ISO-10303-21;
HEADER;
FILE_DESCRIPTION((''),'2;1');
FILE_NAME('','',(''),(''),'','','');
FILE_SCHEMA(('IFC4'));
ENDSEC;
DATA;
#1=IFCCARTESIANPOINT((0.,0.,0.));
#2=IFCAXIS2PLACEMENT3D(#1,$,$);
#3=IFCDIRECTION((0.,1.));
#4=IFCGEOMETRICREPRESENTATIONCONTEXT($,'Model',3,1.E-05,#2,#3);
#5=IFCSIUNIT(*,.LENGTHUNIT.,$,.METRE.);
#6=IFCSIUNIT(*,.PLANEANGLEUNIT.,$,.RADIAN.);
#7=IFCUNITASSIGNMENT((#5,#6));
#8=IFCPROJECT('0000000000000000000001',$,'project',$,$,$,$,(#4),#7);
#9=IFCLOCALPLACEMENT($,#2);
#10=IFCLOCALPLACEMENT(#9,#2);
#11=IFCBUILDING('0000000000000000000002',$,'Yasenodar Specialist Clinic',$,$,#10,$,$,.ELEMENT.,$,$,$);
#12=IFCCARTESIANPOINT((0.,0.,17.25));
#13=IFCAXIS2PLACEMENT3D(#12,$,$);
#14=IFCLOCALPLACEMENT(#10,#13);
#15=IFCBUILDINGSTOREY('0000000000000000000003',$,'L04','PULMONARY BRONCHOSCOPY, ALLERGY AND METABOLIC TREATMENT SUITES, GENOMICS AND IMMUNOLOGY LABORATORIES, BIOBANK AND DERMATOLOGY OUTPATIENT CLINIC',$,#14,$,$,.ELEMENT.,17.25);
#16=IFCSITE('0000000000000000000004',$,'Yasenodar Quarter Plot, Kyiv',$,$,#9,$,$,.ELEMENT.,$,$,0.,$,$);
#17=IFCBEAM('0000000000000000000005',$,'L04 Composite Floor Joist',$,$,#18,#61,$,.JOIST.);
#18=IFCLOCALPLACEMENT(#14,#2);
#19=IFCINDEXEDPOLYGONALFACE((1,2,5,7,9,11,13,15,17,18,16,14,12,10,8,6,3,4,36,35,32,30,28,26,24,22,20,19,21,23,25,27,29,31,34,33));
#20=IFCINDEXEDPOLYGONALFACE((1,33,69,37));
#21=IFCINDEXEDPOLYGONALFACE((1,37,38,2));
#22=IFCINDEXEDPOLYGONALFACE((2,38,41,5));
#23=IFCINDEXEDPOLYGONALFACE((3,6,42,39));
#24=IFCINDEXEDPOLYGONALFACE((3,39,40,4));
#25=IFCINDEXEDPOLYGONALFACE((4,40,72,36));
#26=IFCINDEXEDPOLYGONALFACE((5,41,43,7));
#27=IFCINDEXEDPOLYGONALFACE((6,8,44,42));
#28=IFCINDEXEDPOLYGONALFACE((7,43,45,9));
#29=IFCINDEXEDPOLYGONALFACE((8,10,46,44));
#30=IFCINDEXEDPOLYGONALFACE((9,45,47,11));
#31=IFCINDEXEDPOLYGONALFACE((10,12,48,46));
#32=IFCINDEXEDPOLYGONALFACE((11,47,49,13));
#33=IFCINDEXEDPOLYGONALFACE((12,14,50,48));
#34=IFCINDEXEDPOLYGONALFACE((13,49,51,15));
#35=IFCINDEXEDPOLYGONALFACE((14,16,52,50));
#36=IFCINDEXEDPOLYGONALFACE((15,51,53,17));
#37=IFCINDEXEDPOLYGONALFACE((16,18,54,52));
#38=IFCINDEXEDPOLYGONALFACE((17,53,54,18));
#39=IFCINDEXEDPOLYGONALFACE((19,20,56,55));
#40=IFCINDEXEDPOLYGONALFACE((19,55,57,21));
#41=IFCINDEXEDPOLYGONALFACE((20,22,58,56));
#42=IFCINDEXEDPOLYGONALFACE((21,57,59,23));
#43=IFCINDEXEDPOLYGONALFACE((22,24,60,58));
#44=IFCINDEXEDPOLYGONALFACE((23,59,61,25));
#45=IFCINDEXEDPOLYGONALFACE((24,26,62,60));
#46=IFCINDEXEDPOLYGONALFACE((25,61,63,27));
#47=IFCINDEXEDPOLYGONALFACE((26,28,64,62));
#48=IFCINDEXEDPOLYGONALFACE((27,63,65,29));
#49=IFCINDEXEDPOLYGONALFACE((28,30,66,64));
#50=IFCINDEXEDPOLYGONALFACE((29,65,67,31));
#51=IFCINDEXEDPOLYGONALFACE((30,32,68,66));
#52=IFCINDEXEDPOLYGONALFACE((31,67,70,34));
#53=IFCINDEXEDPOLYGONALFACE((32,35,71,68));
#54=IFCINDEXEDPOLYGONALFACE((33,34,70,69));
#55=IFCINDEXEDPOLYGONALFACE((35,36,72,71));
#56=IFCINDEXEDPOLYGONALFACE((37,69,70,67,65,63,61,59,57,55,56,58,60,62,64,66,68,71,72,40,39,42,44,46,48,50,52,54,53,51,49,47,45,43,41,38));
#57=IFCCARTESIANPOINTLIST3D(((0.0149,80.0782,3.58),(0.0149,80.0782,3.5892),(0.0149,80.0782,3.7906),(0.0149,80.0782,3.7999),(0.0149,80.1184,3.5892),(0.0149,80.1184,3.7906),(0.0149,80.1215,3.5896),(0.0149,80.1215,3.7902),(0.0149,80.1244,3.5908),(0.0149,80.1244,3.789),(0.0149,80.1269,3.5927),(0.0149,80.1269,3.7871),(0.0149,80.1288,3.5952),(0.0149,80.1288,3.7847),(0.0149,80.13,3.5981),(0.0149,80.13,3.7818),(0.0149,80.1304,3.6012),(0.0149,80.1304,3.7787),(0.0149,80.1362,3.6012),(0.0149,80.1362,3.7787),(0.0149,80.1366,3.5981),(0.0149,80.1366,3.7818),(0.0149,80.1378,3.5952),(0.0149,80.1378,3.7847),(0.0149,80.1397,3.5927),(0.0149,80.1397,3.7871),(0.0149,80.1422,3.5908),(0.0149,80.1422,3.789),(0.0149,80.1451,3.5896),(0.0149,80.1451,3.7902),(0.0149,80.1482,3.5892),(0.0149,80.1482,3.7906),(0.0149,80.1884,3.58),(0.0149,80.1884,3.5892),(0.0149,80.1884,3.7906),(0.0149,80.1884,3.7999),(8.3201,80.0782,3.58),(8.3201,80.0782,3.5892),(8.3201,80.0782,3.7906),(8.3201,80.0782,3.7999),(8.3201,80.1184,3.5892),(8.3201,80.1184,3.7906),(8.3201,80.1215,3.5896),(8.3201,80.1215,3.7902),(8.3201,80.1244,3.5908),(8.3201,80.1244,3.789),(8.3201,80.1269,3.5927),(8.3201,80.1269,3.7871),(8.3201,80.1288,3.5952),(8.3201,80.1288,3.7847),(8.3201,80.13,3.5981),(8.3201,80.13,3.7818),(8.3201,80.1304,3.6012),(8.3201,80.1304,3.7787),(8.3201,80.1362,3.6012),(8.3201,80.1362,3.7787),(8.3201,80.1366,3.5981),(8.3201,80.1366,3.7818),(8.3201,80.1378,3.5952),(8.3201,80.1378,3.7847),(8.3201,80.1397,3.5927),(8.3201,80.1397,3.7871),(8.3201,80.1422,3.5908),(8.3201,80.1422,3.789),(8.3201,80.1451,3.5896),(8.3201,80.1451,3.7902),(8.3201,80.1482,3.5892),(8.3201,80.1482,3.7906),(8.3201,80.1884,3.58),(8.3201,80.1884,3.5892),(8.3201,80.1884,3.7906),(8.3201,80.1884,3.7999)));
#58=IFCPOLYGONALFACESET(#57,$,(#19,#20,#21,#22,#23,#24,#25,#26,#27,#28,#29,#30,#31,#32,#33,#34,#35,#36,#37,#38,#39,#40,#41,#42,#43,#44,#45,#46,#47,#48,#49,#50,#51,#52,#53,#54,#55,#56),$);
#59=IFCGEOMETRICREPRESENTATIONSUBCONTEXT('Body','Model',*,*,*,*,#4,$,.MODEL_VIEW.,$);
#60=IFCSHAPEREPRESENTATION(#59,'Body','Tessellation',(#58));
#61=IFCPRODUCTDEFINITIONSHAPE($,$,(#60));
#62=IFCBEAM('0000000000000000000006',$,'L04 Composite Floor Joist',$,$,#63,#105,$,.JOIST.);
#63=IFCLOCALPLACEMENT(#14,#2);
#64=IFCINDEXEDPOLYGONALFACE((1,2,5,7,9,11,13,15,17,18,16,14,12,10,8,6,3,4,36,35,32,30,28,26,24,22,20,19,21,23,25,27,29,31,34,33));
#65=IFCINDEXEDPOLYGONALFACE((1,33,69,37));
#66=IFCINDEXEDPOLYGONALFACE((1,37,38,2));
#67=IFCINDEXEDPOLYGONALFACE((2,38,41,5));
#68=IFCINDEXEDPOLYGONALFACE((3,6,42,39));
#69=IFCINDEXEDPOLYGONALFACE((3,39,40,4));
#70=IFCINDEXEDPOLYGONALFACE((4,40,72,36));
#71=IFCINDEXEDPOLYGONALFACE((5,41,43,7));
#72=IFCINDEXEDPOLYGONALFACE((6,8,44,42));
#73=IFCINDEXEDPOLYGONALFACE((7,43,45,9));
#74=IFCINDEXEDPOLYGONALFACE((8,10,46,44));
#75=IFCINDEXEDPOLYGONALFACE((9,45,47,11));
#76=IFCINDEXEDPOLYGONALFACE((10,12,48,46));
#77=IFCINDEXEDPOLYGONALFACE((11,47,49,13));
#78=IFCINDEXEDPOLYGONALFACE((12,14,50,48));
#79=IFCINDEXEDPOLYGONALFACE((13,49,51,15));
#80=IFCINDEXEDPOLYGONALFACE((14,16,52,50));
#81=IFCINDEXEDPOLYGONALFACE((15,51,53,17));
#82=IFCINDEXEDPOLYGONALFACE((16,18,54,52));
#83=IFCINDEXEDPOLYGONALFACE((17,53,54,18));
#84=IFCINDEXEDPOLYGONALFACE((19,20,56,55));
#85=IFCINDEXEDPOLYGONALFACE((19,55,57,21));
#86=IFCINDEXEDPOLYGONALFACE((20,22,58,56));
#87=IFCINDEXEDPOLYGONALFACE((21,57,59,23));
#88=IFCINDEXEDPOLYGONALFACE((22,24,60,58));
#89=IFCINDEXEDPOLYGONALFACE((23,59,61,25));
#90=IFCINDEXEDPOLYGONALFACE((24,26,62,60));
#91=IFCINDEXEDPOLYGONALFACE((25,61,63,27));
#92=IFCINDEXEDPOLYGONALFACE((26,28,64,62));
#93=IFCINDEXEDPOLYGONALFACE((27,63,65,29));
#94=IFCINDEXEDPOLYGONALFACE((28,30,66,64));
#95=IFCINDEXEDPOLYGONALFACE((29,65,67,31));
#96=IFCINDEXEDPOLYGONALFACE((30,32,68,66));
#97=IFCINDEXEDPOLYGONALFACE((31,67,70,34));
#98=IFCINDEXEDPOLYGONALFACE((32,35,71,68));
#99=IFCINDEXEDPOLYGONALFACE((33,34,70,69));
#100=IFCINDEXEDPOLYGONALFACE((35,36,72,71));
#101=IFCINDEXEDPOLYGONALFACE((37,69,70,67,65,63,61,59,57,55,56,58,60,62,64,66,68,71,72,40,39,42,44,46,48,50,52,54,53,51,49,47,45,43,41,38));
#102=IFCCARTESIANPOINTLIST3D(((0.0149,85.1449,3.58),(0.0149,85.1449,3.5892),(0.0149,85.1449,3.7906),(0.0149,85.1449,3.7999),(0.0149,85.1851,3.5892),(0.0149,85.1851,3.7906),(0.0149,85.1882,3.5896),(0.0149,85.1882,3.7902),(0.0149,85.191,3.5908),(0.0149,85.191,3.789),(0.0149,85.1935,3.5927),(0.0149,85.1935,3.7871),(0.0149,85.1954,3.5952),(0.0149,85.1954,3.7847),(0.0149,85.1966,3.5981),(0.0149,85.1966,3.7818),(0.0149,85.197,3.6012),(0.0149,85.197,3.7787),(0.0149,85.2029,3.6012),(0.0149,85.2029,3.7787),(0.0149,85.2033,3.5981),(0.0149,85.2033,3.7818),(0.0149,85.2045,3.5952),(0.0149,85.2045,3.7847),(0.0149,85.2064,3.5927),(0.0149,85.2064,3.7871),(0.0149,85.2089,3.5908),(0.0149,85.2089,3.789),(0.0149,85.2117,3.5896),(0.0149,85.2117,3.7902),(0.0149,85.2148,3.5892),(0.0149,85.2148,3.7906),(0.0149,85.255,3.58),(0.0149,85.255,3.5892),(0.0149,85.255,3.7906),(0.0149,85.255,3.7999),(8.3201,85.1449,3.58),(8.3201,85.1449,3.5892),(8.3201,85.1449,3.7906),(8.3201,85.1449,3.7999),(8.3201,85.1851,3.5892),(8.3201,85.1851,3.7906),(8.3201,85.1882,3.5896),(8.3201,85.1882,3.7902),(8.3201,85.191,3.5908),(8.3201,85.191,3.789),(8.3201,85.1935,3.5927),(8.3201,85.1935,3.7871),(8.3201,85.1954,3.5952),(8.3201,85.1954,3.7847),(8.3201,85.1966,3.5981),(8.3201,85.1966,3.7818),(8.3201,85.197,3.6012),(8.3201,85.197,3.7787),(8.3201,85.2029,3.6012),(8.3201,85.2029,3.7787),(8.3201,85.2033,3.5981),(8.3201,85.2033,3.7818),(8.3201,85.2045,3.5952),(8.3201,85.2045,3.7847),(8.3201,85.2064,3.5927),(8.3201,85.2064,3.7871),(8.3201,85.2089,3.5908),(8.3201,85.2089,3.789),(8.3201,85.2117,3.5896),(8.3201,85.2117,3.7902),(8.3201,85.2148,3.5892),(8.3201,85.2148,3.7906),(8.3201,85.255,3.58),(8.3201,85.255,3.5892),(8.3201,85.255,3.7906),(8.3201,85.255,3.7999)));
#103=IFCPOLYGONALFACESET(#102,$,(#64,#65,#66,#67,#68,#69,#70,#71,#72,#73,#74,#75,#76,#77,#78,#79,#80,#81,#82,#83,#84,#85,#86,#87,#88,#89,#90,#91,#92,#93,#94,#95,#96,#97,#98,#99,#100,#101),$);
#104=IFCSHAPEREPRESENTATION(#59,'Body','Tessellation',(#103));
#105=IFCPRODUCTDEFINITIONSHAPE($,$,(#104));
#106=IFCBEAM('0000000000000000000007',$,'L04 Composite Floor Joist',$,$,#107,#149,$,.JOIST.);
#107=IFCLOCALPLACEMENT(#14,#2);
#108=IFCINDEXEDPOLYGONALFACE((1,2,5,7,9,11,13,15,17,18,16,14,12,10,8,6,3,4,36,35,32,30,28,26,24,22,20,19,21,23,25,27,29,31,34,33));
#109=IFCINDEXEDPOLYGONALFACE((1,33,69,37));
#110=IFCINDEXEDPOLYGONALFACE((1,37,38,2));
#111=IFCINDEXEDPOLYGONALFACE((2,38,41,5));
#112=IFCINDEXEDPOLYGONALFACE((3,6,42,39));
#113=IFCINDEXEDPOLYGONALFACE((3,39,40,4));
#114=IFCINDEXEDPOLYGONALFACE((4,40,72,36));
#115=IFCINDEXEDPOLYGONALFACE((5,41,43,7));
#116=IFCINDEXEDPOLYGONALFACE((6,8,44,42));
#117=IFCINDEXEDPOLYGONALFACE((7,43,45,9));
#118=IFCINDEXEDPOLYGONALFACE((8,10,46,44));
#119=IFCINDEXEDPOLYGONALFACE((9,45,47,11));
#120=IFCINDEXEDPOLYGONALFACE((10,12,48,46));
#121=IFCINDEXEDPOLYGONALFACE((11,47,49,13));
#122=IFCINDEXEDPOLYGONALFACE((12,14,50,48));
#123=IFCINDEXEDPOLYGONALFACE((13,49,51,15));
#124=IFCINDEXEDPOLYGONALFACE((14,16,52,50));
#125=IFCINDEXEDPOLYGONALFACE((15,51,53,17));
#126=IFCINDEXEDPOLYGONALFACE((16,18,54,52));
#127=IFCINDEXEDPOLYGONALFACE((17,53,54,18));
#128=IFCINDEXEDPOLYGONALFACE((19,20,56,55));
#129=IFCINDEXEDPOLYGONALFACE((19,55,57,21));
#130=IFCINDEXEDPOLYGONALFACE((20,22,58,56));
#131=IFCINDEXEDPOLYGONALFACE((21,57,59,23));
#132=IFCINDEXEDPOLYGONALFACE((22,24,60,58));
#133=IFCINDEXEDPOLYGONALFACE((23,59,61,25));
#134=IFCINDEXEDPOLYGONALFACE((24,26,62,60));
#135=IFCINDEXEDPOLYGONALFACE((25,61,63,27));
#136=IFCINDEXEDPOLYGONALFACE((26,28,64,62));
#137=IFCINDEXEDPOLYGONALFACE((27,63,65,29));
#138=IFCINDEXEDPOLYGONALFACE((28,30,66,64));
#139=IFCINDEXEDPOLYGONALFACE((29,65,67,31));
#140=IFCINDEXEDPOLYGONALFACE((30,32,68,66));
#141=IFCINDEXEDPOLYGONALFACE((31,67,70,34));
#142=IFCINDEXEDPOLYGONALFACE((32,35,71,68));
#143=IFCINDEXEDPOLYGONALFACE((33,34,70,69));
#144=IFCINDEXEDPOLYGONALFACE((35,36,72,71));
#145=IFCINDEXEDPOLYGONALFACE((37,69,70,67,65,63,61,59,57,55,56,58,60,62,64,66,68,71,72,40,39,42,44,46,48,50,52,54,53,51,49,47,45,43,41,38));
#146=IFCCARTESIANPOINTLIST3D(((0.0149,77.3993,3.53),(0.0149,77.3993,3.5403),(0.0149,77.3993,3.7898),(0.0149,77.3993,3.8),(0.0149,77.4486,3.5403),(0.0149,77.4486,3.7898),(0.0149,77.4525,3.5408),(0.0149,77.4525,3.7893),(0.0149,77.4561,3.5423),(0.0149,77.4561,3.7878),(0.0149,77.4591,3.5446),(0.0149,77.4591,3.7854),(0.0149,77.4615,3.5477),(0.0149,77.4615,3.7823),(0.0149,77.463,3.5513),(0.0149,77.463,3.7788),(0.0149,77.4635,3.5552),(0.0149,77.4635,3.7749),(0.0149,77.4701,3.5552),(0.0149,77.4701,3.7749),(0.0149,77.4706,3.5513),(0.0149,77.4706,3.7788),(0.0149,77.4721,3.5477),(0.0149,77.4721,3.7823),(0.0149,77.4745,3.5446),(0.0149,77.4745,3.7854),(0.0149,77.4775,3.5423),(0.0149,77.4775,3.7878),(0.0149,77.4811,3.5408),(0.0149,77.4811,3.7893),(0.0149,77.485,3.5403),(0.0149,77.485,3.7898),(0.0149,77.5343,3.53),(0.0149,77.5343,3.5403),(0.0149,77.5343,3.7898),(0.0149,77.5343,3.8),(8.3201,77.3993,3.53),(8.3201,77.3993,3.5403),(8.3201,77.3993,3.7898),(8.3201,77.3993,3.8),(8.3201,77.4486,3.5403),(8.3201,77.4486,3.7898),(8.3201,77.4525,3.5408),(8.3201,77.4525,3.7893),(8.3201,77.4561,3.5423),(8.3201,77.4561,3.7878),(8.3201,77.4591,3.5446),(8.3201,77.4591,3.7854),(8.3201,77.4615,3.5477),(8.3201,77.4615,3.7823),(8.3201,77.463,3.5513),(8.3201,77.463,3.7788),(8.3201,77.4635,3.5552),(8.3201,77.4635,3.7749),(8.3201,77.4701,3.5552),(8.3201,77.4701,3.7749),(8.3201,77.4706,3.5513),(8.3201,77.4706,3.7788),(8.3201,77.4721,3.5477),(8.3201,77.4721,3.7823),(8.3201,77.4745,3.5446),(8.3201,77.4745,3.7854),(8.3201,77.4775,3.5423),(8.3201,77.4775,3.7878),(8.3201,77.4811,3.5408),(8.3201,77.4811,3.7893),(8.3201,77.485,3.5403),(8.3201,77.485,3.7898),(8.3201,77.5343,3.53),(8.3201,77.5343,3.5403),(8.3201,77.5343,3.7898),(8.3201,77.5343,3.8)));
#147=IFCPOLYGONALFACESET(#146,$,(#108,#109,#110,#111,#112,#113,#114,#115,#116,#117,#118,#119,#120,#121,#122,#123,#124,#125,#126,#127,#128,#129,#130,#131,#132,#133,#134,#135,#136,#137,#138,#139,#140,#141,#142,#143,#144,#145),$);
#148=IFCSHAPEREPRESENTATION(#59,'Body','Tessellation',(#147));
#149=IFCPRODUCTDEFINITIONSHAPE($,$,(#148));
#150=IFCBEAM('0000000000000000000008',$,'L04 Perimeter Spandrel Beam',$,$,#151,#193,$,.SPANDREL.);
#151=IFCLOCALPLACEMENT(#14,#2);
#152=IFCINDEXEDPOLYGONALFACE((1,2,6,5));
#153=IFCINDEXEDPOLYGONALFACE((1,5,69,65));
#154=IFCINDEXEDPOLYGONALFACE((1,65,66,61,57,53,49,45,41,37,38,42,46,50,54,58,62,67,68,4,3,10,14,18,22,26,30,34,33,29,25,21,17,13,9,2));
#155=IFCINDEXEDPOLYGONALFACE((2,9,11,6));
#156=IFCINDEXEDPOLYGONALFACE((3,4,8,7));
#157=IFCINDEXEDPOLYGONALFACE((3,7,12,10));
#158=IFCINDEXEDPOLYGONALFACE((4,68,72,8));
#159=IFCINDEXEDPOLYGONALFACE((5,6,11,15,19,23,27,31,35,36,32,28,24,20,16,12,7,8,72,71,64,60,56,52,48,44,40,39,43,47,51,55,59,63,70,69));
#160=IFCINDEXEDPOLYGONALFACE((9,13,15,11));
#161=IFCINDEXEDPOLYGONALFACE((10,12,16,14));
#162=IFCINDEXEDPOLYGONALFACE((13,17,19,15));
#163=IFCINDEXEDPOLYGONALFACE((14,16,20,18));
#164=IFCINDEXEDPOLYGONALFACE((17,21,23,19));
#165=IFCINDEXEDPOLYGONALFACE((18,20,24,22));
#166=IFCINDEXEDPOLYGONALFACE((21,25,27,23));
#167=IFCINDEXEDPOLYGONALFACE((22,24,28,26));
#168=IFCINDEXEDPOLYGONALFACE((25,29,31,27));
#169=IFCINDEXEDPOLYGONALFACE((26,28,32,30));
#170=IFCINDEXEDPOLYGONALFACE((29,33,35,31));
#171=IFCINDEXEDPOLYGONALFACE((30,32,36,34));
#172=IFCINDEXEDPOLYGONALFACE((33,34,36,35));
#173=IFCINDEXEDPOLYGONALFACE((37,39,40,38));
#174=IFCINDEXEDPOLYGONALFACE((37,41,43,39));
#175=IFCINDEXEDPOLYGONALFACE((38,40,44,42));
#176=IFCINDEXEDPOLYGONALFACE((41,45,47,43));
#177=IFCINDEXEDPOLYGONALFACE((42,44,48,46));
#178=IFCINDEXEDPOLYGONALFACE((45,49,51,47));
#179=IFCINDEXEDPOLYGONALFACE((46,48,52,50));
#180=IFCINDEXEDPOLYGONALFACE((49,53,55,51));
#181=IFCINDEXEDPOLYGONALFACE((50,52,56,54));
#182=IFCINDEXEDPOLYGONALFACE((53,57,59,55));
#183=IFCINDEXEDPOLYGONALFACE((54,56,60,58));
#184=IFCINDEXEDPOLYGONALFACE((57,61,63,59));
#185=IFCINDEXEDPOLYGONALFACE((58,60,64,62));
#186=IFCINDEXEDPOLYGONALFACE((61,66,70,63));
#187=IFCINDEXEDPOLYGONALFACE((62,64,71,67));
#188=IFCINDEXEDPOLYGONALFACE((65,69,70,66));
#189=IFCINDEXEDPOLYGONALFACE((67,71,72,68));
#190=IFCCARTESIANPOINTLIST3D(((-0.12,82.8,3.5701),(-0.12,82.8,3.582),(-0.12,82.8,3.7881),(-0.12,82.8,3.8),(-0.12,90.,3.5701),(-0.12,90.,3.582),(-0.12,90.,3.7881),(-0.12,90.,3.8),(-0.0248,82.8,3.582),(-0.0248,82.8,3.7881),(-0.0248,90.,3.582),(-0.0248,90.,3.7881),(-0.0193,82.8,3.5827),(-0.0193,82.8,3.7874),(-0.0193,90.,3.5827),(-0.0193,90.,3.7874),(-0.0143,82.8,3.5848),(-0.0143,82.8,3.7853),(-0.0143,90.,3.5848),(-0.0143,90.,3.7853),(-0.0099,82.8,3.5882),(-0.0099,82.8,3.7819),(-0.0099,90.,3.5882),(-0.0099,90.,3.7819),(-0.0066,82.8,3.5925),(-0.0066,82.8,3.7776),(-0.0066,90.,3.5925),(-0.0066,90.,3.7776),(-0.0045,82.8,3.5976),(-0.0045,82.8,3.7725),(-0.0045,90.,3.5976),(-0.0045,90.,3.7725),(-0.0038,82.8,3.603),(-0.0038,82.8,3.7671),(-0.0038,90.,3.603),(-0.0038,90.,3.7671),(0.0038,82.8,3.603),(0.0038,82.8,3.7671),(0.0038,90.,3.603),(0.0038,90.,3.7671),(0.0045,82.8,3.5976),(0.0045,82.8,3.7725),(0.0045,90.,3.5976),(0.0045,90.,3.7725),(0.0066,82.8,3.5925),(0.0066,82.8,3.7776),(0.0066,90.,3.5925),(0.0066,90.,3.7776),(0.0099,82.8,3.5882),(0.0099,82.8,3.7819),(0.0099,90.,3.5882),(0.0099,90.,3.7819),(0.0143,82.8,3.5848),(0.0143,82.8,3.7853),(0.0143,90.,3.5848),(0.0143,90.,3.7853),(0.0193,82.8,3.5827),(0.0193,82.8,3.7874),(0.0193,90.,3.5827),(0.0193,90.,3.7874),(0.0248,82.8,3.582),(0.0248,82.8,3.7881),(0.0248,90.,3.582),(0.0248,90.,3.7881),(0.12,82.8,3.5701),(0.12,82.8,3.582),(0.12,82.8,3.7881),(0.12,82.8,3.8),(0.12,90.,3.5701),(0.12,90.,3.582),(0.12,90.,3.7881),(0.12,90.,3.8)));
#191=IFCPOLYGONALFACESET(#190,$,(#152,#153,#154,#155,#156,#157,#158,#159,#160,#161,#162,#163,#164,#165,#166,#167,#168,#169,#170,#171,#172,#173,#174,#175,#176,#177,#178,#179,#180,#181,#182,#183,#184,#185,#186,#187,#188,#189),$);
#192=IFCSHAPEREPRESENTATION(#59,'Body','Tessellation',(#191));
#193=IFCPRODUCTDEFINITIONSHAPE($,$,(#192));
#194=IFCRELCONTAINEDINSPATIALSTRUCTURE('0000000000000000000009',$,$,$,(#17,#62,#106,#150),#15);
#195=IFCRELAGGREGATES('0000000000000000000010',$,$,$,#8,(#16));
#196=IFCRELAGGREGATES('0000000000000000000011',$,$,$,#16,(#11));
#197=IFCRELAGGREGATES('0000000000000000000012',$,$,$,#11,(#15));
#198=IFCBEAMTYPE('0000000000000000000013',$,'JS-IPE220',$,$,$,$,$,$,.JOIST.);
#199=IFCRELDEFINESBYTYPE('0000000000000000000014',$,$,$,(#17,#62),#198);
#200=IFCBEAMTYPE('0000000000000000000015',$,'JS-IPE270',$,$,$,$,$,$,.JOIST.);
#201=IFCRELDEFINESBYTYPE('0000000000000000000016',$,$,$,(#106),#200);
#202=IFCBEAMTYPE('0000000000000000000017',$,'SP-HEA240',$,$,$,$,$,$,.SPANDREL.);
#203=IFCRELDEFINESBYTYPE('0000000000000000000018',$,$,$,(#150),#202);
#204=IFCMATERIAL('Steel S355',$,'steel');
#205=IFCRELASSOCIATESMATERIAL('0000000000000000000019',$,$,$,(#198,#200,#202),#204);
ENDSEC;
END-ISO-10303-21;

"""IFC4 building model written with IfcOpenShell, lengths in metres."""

from ifc_helpers import new_model, si_unit, direction, frame, origin, origin_2d, place, context, subcontext, project, spatial, i_section, extrude, material, material_profile, profile_set, type_object, element, save


model = new_model("IFC4")

# Units and contexts
model_context = context("Model", 3, precision=1e-05, world=origin(), true_north=direction((0.0, 1.0)))
body_context = subcontext(model_context, "Body", "Model", "MODEL_VIEW")
ifc_project = project(units=[si_unit("LENGTHUNIT", "METRE"), si_unit("PLANEANGLEUNIT", "RADIAN")], contexts=[model_context])

# Site, building, storey
site_placement = place(None, origin())
site = spatial("IfcSite", under=ifc_project, at=site_placement, Name="Yasenodar Quarter Plot, Kyiv", CompositionType="ELEMENT", RefElevation=0.0)
building_placement = place(site_placement, origin())
building = spatial("IfcBuilding", under=site, at=building_placement, Name="Yasenodar Specialist Clinic", CompositionType="ELEMENT")
storey_placement = place(building_placement, frame((0.0, 0.0, 17.25)))
storey = spatial("IfcBuildingStorey", under=building, at=storey_placement, Name="L04", Description="PULMONARY BRONCHOSCOPY, ALLERGY AND METABOLIC TREATMENT SUITES, GENOMICS AND IMMUNOLOGY LABORATORIES, BIOBANK AND DERMATOLOGY OUTPATIENT CLINIC", CompositionType="ELEMENT", Elevation=17.25)

# Shared definitions
ifc_material_1 = material(Name="Steel S355", Category="steel")

# Beams
ifc_material_profile_1 = material_profile(ifc_material_1, i_section(OverallWidth=0.1101, OverallDepth=0.22, WebThickness=0.0059, FlangeThickness=0.0093, FilletRadius=0.012, at=origin_2d()), Name="IPE 220")
ifc_profile_set_1 = profile_set([ifc_material_profile_1], Name="Steel S355")
beam_type_1 = type_object("IfcBeamType", Name="JS-IPE220", PredefinedType="JOIST", material=ifc_profile_set_1)
for number, where, z_axis, x_axis, name in (
    (1, (0.0149, 80.1333, 3.6899), (1.0, 0.0, 0.0), (0.0, 1.0, 0.0), "L04 Composite Floor Joist"),
    (2, (0.0149, 85.2, 3.6899), (1.0, 0.0, 0.0), (0.0, 1.0, 0.0), "L04 Composite Floor Joist"),
):
    element("IfcBeam", number, at=place(storey_placement, frame(where, z_axis=z_axis, x_axis=x_axis)), inside=storey, type_object=beam_type_1, Name=name, PredefinedType="JOIST", context=body_context, shape_type="SweptSolid", body=[
        extrude(i_section(OverallWidth=0.1101, OverallDepth=0.22, WebThickness=0.0059, FlangeThickness=0.0093, FilletRadius=0.012, at=origin_2d()), origin(), (0.0, 0.0, 1.0), 8.3052),
    ])
ifc_material_profile_2 = material_profile(ifc_material_1, i_section(OverallWidth=0.135, OverallDepth=0.27, WebThickness=0.0066, FlangeThickness=0.0103, FilletRadius=0.0149, at=origin_2d()), Name="IPE 270")
ifc_profile_set_2 = profile_set([ifc_material_profile_2], Name="Steel S355")
beam_type_2 = type_object("IfcBeamType", Name="JS-IPE270", PredefinedType="JOIST", material=ifc_profile_set_2)
beam_1_placement = place(storey_placement, frame((0.0149, 77.4668, 3.665), z_axis=(1.0, 0.0, 0.0), x_axis=(0.0, 1.0, 0.0)))
element("IfcBeam", 3, at=beam_1_placement, inside=storey, type_object=beam_type_2, Name="L04 Composite Floor Joist", PredefinedType="JOIST", context=body_context, shape_type="SweptSolid", body=[
    extrude(i_section(OverallWidth=0.135, OverallDepth=0.27, WebThickness=0.0066, FlangeThickness=0.0103, FilletRadius=0.0149, at=origin_2d()), origin(), (0.0, 0.0, 1.0), 8.3052),
])
ifc_material_profile_3 = material_profile(ifc_material_1, i_section(OverallWidth=0.24, OverallDepth=0.23, WebThickness=0.0076, FlangeThickness=0.012, FilletRadius=0.021, at=origin_2d()), Name="HEA 240")
ifc_profile_set_3 = profile_set([ifc_material_profile_3], Name="Steel S355")
beam_type_3 = type_object("IfcBeamType", Name="SP-HEA240", PredefinedType="SPANDREL", material=ifc_profile_set_3)
beam_2_placement = place(storey_placement, frame((0.0, 82.8, 3.6851), z_axis=(0.0, 1.0, 0.0), x_axis=(-1.0, 0.0, 0.0)))
element("IfcBeam", 4, at=beam_2_placement, inside=storey, type_object=beam_type_3, Name="L04 Perimeter Spandrel Beam", PredefinedType="SPANDREL", context=body_context, shape_type="SweptSolid", body=[
    extrude(i_section(OverallWidth=0.24, OverallDepth=0.23, WebThickness=0.0076, FlangeThickness=0.012, FilletRadius=0.021, at=origin_2d()), origin(), (0.0, 0.0, 1.0), 7.2),
])

save(model, "model.ifc")
